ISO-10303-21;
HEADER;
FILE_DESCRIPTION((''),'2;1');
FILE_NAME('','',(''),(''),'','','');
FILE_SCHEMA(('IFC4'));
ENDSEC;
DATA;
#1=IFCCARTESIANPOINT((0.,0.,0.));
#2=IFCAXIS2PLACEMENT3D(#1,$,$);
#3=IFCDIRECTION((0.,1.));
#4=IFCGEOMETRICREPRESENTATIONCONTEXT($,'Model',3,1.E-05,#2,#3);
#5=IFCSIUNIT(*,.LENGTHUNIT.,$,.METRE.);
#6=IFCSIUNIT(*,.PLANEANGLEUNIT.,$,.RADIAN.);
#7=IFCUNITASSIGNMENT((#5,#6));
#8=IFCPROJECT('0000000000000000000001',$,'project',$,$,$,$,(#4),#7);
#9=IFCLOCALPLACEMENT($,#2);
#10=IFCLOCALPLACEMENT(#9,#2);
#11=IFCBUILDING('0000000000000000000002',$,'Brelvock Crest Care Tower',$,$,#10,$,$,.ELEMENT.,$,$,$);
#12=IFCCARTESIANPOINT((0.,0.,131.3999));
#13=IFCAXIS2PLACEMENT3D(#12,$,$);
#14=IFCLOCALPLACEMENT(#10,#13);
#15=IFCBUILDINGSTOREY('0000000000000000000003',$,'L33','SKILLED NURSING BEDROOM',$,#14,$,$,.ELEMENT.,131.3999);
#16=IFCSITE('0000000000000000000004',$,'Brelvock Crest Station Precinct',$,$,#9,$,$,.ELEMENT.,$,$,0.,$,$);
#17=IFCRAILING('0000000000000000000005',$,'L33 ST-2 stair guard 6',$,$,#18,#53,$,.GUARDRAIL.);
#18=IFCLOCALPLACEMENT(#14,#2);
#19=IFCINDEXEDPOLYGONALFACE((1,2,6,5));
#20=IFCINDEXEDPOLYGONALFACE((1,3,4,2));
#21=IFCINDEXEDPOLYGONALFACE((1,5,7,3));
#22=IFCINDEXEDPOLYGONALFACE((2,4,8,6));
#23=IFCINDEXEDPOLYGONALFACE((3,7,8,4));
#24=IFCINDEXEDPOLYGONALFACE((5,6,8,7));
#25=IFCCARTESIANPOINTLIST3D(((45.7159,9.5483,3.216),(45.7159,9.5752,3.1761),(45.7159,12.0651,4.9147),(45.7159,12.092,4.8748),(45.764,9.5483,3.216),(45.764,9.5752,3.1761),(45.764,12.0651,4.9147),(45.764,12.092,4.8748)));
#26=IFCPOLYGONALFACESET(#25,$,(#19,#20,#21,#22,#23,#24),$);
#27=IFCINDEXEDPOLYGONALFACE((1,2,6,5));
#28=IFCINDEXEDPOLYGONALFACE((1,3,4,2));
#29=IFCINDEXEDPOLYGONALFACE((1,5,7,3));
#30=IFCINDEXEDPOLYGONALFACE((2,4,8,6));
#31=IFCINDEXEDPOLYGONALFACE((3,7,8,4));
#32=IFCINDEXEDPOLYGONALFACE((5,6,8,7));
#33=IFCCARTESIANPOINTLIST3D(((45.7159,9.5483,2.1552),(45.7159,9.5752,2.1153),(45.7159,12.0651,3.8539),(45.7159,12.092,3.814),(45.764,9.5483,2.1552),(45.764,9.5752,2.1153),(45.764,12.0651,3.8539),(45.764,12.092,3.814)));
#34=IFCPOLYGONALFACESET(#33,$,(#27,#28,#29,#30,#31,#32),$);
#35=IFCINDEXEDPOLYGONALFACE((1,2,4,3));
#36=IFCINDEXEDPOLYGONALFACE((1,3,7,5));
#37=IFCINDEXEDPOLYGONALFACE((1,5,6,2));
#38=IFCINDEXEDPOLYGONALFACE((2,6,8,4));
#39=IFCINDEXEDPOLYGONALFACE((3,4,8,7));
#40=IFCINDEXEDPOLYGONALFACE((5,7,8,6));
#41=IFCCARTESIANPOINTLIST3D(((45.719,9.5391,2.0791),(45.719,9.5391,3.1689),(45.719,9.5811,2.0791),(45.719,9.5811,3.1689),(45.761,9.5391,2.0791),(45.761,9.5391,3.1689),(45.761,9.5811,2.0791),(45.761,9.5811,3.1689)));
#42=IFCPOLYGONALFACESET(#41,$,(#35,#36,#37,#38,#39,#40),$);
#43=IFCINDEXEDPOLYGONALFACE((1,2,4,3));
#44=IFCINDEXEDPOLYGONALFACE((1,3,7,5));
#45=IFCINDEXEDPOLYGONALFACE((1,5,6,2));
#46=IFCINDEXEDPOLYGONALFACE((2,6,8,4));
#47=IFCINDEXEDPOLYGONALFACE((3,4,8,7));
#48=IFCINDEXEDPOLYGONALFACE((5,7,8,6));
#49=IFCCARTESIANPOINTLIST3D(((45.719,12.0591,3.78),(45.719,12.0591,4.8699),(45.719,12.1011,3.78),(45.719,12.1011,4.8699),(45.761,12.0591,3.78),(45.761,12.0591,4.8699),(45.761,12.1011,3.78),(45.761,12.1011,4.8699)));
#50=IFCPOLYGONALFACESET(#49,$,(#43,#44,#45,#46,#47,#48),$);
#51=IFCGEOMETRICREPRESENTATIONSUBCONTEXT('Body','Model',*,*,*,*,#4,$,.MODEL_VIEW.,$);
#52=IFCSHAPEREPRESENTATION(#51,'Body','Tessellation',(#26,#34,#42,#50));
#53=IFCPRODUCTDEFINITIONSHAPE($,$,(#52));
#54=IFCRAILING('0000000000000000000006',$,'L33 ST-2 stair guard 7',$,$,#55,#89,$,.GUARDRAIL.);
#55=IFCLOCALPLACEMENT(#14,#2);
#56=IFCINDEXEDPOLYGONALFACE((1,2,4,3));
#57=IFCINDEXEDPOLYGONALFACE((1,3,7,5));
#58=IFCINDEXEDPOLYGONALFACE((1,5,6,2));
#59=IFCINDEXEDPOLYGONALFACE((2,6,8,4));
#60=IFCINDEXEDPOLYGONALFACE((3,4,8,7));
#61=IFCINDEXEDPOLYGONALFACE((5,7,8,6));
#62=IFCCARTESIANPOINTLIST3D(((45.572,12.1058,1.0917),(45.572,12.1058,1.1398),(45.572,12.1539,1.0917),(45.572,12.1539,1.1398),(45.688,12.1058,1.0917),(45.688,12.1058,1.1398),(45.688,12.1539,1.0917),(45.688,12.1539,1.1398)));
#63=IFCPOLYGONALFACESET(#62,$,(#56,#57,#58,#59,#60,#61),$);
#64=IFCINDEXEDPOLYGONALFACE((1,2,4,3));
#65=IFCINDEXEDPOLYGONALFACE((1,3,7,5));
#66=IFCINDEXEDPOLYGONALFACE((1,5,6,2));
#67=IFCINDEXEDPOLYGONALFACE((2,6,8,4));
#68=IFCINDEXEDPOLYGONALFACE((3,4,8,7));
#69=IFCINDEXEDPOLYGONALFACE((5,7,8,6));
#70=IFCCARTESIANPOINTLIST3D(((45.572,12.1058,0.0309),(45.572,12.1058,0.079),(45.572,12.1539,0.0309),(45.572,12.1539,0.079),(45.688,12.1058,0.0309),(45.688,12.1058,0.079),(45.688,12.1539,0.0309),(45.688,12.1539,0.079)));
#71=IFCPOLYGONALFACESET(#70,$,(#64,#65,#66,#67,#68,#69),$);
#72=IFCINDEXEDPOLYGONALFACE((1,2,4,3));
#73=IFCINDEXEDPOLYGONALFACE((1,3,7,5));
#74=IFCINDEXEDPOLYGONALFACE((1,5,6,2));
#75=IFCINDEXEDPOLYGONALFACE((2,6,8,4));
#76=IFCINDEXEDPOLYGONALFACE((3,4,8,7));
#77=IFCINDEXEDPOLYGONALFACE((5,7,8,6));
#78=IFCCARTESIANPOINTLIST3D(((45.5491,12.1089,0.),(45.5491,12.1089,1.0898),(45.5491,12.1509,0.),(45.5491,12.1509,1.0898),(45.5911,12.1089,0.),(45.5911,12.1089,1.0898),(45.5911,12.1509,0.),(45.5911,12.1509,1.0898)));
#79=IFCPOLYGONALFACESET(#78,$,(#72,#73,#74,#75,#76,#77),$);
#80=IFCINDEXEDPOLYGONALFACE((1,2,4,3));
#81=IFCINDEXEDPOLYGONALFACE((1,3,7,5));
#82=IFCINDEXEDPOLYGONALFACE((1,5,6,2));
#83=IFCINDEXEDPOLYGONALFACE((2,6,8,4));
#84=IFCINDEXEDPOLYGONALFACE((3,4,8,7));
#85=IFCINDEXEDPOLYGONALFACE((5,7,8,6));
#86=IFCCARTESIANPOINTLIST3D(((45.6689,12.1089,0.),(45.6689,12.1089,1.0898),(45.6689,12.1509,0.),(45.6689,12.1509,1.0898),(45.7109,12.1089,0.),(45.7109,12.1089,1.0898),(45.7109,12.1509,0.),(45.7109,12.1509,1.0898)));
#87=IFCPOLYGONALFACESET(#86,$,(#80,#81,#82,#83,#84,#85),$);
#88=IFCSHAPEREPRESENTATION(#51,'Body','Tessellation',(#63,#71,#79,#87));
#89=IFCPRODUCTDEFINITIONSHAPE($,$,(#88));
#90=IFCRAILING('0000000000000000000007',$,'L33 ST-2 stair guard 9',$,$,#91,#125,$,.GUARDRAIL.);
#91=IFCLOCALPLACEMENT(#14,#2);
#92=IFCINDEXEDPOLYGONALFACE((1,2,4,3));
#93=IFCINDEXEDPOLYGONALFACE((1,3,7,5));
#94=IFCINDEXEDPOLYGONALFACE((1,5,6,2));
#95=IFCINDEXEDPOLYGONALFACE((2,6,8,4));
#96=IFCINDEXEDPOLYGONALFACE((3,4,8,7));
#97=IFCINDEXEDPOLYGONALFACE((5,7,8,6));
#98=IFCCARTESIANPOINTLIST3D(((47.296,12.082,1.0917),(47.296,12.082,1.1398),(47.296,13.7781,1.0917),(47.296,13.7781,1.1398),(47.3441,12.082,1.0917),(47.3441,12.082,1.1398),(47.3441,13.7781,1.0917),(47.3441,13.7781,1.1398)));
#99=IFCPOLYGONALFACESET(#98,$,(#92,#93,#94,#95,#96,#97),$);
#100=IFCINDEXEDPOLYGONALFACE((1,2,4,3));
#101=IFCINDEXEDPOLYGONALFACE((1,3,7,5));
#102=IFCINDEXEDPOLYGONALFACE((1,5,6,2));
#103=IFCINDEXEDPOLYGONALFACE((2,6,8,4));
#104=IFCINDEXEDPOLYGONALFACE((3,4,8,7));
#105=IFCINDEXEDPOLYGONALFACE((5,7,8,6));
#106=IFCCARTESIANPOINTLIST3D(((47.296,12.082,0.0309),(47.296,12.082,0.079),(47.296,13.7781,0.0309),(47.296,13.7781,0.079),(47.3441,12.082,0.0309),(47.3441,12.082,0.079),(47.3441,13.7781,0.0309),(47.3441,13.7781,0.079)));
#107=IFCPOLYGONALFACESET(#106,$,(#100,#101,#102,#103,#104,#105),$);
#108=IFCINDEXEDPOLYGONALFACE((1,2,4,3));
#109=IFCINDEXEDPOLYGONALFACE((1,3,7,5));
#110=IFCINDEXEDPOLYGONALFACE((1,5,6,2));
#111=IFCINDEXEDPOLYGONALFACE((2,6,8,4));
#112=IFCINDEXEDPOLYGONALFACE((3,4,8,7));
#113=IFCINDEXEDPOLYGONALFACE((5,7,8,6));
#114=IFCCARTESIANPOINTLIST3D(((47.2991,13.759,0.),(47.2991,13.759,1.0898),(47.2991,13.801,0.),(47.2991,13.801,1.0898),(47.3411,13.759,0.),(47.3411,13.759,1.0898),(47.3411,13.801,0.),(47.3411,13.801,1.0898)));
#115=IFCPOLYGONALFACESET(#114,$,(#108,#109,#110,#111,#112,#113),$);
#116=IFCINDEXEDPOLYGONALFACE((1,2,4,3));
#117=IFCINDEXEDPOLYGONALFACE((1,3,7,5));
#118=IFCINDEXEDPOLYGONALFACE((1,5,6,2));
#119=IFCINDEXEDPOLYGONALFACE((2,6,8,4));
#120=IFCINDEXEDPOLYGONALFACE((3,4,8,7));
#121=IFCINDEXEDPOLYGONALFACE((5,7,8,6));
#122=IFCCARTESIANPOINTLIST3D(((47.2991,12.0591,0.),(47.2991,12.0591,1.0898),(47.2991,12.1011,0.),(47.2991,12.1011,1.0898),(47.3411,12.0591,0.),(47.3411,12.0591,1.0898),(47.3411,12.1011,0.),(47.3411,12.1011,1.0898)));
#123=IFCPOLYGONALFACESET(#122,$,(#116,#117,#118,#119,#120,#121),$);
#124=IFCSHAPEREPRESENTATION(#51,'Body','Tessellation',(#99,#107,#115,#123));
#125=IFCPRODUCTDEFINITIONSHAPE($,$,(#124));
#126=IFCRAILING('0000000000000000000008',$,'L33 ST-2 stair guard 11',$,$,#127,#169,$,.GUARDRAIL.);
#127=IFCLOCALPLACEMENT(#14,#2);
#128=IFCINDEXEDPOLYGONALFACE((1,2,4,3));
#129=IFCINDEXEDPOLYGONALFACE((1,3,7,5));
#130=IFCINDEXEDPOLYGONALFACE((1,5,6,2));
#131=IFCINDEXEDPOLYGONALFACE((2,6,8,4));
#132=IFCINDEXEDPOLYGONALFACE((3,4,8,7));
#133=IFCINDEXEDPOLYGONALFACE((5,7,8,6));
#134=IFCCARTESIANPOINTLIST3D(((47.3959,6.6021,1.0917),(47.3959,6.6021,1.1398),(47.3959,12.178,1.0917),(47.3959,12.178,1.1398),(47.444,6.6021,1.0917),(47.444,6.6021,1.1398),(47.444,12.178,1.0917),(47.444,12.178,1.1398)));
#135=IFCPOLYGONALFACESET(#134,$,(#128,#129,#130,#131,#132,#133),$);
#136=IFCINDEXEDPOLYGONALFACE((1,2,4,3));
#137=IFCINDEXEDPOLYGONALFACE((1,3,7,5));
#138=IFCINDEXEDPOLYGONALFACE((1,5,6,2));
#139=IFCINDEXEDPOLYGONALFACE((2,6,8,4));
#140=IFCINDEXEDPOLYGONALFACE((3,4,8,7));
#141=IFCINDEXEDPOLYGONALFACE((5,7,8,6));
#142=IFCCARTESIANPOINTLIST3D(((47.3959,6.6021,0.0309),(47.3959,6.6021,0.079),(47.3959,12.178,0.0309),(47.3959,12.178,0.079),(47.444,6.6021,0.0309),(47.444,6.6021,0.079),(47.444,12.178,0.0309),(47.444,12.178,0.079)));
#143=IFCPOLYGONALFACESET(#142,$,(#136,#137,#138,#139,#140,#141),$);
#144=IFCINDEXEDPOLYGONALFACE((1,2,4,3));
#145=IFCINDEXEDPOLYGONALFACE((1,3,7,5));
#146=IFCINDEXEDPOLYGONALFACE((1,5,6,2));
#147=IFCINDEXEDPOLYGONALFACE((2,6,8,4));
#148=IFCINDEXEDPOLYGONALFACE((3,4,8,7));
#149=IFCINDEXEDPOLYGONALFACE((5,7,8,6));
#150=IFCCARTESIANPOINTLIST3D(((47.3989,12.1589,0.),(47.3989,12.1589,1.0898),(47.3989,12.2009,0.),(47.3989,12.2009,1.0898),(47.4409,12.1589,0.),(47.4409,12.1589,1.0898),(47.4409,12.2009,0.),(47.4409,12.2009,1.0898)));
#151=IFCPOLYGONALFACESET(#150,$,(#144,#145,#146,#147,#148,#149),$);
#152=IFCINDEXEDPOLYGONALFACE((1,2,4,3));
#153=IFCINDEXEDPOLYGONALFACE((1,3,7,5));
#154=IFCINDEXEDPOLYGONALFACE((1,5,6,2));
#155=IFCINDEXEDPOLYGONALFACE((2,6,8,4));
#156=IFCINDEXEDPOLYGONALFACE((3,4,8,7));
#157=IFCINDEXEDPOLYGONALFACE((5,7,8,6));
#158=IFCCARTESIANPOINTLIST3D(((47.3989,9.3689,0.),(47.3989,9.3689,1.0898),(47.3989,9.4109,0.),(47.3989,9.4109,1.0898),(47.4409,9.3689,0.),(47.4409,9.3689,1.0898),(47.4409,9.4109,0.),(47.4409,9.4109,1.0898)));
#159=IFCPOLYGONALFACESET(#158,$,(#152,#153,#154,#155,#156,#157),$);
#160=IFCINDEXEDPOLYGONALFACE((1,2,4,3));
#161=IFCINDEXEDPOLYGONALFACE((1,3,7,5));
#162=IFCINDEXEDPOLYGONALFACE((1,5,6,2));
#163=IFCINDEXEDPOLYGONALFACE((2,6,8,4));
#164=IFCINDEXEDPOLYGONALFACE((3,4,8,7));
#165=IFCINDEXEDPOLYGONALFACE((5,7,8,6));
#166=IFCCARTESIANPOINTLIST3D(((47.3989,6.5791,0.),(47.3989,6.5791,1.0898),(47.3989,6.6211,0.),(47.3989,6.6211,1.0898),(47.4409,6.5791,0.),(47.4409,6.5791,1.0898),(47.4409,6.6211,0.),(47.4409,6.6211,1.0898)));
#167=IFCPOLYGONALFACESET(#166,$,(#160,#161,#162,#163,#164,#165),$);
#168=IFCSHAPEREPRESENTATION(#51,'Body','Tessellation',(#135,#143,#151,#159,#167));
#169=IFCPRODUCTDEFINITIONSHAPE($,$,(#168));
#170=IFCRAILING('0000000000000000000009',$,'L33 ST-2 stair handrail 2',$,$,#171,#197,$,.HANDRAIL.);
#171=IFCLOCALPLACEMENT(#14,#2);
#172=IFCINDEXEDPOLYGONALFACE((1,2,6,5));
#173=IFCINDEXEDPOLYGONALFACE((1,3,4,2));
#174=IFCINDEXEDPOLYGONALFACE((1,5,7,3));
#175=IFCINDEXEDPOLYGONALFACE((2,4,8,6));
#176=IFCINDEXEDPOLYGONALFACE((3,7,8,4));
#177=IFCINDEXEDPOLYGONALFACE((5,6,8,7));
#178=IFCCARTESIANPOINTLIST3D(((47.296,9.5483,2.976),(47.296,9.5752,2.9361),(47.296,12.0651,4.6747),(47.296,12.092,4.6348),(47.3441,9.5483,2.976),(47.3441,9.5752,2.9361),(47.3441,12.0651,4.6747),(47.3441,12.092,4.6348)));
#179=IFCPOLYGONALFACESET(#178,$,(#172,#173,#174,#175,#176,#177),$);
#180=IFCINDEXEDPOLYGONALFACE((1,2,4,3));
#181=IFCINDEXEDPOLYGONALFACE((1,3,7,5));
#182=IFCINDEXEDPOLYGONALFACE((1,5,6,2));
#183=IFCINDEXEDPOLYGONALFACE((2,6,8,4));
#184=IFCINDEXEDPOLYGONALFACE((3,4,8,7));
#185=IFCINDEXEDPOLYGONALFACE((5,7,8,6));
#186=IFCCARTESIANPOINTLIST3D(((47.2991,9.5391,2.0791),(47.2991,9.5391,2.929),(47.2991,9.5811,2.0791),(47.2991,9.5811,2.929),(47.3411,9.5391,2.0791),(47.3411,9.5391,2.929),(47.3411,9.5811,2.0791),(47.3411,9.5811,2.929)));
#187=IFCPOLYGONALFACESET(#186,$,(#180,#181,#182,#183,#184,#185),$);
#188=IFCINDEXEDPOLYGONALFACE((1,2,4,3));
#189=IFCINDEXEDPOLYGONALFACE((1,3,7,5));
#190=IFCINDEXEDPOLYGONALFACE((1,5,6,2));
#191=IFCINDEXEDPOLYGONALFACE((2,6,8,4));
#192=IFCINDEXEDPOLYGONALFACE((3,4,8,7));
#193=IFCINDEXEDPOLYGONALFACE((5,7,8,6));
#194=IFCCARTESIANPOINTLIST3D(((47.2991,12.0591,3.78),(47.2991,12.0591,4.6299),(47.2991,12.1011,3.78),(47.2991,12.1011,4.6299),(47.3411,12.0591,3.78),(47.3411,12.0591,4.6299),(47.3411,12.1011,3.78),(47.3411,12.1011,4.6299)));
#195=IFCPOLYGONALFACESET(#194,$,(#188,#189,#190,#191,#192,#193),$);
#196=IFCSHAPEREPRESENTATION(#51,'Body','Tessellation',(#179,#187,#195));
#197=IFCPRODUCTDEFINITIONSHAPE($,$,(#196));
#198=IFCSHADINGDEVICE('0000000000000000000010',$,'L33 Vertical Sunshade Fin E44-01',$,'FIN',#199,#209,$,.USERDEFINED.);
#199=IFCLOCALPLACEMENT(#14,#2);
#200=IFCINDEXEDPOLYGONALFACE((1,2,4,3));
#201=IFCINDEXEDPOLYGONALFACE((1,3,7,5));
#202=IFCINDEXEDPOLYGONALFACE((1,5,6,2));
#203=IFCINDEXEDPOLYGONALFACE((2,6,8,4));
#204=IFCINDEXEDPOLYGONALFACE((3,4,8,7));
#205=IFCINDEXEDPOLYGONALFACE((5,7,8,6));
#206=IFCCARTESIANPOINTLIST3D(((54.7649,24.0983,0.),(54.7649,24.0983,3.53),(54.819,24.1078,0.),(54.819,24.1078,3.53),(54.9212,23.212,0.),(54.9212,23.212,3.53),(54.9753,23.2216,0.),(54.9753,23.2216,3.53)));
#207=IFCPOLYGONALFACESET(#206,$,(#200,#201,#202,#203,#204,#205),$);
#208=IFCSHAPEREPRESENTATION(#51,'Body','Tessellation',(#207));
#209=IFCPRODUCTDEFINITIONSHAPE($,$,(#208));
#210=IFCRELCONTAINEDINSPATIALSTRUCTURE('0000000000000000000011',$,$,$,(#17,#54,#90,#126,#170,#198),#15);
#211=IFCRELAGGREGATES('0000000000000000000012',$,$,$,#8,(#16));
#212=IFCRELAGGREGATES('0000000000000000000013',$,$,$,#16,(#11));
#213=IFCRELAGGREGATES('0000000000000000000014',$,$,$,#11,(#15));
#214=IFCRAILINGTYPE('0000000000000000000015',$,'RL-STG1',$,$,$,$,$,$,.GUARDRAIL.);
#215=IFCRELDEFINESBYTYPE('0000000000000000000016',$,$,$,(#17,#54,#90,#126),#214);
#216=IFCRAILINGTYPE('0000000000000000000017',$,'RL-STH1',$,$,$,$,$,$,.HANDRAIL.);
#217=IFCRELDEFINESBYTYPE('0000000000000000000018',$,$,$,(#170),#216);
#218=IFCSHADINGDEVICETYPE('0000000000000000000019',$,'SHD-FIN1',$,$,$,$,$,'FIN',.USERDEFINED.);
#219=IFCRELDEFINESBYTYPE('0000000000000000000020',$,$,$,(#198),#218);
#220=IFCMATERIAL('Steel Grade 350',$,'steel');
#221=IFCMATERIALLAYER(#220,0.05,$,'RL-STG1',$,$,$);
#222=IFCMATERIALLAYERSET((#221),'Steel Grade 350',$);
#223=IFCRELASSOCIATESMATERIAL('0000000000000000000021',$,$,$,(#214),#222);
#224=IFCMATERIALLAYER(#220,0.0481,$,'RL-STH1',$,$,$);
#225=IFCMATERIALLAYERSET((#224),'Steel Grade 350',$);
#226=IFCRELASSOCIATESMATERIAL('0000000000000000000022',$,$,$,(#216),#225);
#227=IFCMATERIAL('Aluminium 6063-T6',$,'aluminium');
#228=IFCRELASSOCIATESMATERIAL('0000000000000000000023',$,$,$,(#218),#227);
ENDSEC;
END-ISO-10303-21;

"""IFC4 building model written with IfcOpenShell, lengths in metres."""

from ifc_helpers import new_model, si_unit, direction, frame, origin, origin_2d, place, context, subcontext, project, spatial, rectangle, extrude, source, transform, mapped, material, layer, layer_set, material_profile, profile_set, type_object, element, save


model = new_model("IFC4")

# Units and contexts
model_context = context("Model", 3, precision=1e-05, world=origin(), true_north=direction((0.0, 1.0)))
body_context = subcontext(model_context, "Body", "Model", "MODEL_VIEW")
ifc_project = project(units=[si_unit("LENGTHUNIT", "METRE"), si_unit("PLANEANGLEUNIT", "RADIAN")], contexts=[model_context])

# Site, building, storey
site_placement = place(None, origin())
site = spatial("IfcSite", under=ifc_project, at=site_placement, Name="Brelvock Crest Station Precinct", CompositionType="ELEMENT", RefElevation=0.0)
building_placement = place(site_placement, origin())
building = spatial("IfcBuilding", under=site, at=building_placement, Name="Brelvock Crest Care Tower", CompositionType="ELEMENT")
storey_placement = place(building_placement, frame((0.0, 0.0, 131.3999)))
storey = spatial("IfcBuildingStorey", under=building, at=storey_placement, Name="L33", Description="SKILLED NURSING BEDROOM", CompositionType="ELEMENT", Elevation=131.3999)

# Shared definitions
ifc_material_1 = material(Name="Steel Grade 350", Category="steel")

# Shared definitions
ifc_material_2 = material(Name="Aluminium 6063-T6", Category="aluminium")

# Railings
ifc_layer_1 = layer(ifc_material_1, 0.05, Name="RL-STG1")
ifc_layer_set_1 = layer_set([ifc_layer_1], Name="Steel Grade 350")
railing_type_1 = type_object("IfcRailingType", Name="RL-STG1", PredefinedType="GUARDRAIL", material=ifc_layer_set_1)
railing_1_placement = place(storey_placement, frame((45.74, 9.5601, 2.0791)))
element("IfcRailing", 1, at=railing_1_placement, inside=storey, type_object=railing_type_1, Name="L33 ST-2 stair guard 6", PredefinedType="GUARDRAIL", context=body_context, shape_type="SweptSolid", body=[
    extrude(rectangle(XDim=0.0481, YDim=0.0481, at=origin_2d()), frame((0.0, 0.0017, 1.1169), z_axis=(0.0, 0.828862, 0.559454), x_axis=(-1.0, 0.0, 0.0)), (0.0, 0.0, 1.0), 3.0364),
    extrude(rectangle(XDim=0.0481, YDim=0.0481, at=origin_2d()), frame((0.0, 0.0017, 0.0562), z_axis=(0.0, 0.828862, 0.559454), x_axis=(-1.0, 0.0, 0.0)), (0.0, 0.0, 1.0), 3.0364),
    extrude(rectangle(XDim=0.042, YDim=0.042, at=origin_2d()), origin(), (0.0, 0.0, 1.0), 1.0898),
    extrude(rectangle(XDim=0.042, YDim=0.042, at=origin_2d()), frame((0.0, 2.52, 1.7009)), (0.0, 0.0, 1.0), 1.0898),
])
railing_2_placement = place(storey_placement, frame((45.5701, 12.1299, 0.0)))
element("IfcRailing", 2, at=railing_2_placement, inside=storey, type_object=railing_type_1, Name="L33 ST-2 stair guard 7", PredefinedType="GUARDRAIL", context=body_context, shape_type="SweptSolid", body=[
    extrude(rectangle(XDim=0.0481, YDim=0.0481, at=origin_2d()), frame((0.002, 0.0, 1.1157), z_axis=(1.0, 0.0, 0.0), x_axis=(0.0, 1.0, 0.0)), (0.0, 0.0, 1.0), 0.116),
    extrude(rectangle(XDim=0.0481, YDim=0.0481, at=origin_2d()), frame((0.002, 0.0, 0.0549), z_axis=(1.0, 0.0, 0.0), x_axis=(0.0, 1.0, 0.0)), (0.0, 0.0, 1.0), 0.116),
    extrude(rectangle(XDim=0.042, YDim=0.042, at=origin_2d()), origin(), (0.0, 0.0, 1.0), 1.0898),
    extrude(rectangle(XDim=0.042, YDim=0.042, at=origin_2d()), frame((0.1199, 0.0, 0.0)), (0.0, 0.0, 1.0), 1.0898),
])
railing_3_placement = place(storey_placement, frame((47.3201, 13.78, 0.0)))
element("IfcRailing", 3, at=railing_3_placement, inside=storey, type_object=railing_type_1, Name="L33 ST-2 stair guard 9", PredefinedType="GUARDRAIL", context=body_context, shape_type="SweptSolid", body=[
    extrude(rectangle(XDim=0.0481, YDim=0.0481, at=origin_2d()), frame((0.0, -0.002, 1.1157), z_axis=(0.0, -1.0, 0.0), x_axis=(1.0, 0.0, 0.0)), (0.0, 0.0, 1.0), 1.696),
    extrude(rectangle(XDim=0.0481, YDim=0.0481, at=origin_2d()), frame((0.0, -0.002, 0.0549), z_axis=(0.0, -1.0, 0.0), x_axis=(1.0, 0.0, 0.0)), (0.0, 0.0, 1.0), 1.696),
    extrude(rectangle(XDim=0.042, YDim=0.042, at=origin_2d()), origin(), (0.0, 0.0, 1.0), 1.0898),
    extrude(rectangle(XDim=0.042, YDim=0.042, at=origin_2d()), frame((0.0, -1.7, 0.0)), (0.0, 0.0, 1.0), 1.0898),
])
railing_4_placement = place(storey_placement, frame((47.4199, 12.1799, 0.0)))
element("IfcRailing", 4, at=railing_4_placement, inside=storey, type_object=railing_type_1, Name="L33 ST-2 stair guard 11", PredefinedType="GUARDRAIL", context=body_context, shape_type="SweptSolid", body=[
    extrude(rectangle(XDim=0.0481, YDim=0.0481, at=origin_2d()), frame((0.0, -0.002, 1.1157), z_axis=(0.0, -1.0, 0.0), x_axis=(1.0, 0.0, 0.0)), (0.0, 0.0, 1.0), 5.5759),
    extrude(rectangle(XDim=0.0481, YDim=0.0481, at=origin_2d()), frame((0.0, -0.002, 0.0549), z_axis=(0.0, -1.0, 0.0), x_axis=(1.0, 0.0, 0.0)), (0.0, 0.0, 1.0), 5.5759),
    extrude(rectangle(XDim=0.042, YDim=0.042, at=origin_2d()), origin(), (0.0, 0.0, 1.0), 1.0898),
    extrude(rectangle(XDim=0.042, YDim=0.042, at=origin_2d()), frame((0.0, -2.79, 0.0)), (0.0, 0.0, 1.0), 1.0898),
    extrude(rectangle(XDim=0.042, YDim=0.042, at=origin_2d()), frame((0.0, -5.5798, 0.0)), (0.0, 0.0, 1.0), 1.0898),
])
ifc_layer_2 = layer(ifc_material_1, 0.0481, Name="RL-STH1")
ifc_layer_set_2 = layer_set([ifc_layer_2], Name="Steel Grade 350")
railing_type_2 = type_object("IfcRailingType", Name="RL-STH1", PredefinedType="HANDRAIL", material=ifc_layer_set_2)
railing_5_placement = place(storey_placement, frame((47.3201, 9.5601, 2.0791)))
element("IfcRailing", 5, at=railing_5_placement, inside=storey, type_object=railing_type_2, Name="L33 ST-2 stair handrail 2", PredefinedType="HANDRAIL", context=body_context, shape_type="SweptSolid", body=[
    extrude(rectangle(XDim=0.0481, YDim=0.0481, at=origin_2d()), frame((0.0, 0.0017, 0.877), z_axis=(0.0, 0.828862, 0.559454), x_axis=(-1.0, 0.0, 0.0)), (0.0, 0.0, 1.0), 3.0364),
    extrude(rectangle(XDim=0.042, YDim=0.042, at=origin_2d()), origin(), (0.0, 0.0, 1.0), 0.8499),
    extrude(rectangle(XDim=0.042, YDim=0.042, at=origin_2d()), frame((0.0, 2.52, 1.7009)), (0.0, 0.0, 1.0), 0.8499),
])

# Shading device
ifc_material_profile_1 = material_profile(ifc_material_2, rectangle(XDim=0.0549, YDim=0.8999, at=origin_2d()), Name="FIN55x900")
ifc_profile_set_1 = profile_set([ifc_material_profile_1], Name="Aluminium 6063-T6")
shading_device_type = type_object("IfcShadingDeviceType", Name="SHD-FIN1", ElementType="FIN", PredefinedType="USERDEFINED", material=ifc_profile_set_1)
shared_shape_1 = source(origin(), body_context, "Body", "SweptSolid", [
    extrude(rectangle(XDim=0.0549, YDim=0.8999, at=origin_2d()), origin(), (0.0, 0.0, 1.0), 3.53),
])
for number, where, z_axis, x_axis, name in (
    (6, (54.8701, 23.6599, 0.0), (0.0, 0.0, 1.0), (-0.984808, -0.173648, 0.0), "L33 Vertical Sunshade Fin E44-01"),
):
    element("IfcShadingDevice", number, at=place(storey_placement, frame(where, z_axis=z_axis, x_axis=x_axis)), inside=storey, type_object=shading_device_type, Name=name, ObjectType="FIN", PredefinedType="USERDEFINED", context=body_context, shape_type="MappedRepresentation", body=[
        mapped(shared_shape_1, transform((0.0, 0.0, 0.0), x_axis=(1.0, 0.0, 0.0), y_axis=(0.0, 1.0, 0.0), z_axis=(0.0, 0.0, 1.0), scale=1.0)),
    ])

save(model, "model.ifc")
